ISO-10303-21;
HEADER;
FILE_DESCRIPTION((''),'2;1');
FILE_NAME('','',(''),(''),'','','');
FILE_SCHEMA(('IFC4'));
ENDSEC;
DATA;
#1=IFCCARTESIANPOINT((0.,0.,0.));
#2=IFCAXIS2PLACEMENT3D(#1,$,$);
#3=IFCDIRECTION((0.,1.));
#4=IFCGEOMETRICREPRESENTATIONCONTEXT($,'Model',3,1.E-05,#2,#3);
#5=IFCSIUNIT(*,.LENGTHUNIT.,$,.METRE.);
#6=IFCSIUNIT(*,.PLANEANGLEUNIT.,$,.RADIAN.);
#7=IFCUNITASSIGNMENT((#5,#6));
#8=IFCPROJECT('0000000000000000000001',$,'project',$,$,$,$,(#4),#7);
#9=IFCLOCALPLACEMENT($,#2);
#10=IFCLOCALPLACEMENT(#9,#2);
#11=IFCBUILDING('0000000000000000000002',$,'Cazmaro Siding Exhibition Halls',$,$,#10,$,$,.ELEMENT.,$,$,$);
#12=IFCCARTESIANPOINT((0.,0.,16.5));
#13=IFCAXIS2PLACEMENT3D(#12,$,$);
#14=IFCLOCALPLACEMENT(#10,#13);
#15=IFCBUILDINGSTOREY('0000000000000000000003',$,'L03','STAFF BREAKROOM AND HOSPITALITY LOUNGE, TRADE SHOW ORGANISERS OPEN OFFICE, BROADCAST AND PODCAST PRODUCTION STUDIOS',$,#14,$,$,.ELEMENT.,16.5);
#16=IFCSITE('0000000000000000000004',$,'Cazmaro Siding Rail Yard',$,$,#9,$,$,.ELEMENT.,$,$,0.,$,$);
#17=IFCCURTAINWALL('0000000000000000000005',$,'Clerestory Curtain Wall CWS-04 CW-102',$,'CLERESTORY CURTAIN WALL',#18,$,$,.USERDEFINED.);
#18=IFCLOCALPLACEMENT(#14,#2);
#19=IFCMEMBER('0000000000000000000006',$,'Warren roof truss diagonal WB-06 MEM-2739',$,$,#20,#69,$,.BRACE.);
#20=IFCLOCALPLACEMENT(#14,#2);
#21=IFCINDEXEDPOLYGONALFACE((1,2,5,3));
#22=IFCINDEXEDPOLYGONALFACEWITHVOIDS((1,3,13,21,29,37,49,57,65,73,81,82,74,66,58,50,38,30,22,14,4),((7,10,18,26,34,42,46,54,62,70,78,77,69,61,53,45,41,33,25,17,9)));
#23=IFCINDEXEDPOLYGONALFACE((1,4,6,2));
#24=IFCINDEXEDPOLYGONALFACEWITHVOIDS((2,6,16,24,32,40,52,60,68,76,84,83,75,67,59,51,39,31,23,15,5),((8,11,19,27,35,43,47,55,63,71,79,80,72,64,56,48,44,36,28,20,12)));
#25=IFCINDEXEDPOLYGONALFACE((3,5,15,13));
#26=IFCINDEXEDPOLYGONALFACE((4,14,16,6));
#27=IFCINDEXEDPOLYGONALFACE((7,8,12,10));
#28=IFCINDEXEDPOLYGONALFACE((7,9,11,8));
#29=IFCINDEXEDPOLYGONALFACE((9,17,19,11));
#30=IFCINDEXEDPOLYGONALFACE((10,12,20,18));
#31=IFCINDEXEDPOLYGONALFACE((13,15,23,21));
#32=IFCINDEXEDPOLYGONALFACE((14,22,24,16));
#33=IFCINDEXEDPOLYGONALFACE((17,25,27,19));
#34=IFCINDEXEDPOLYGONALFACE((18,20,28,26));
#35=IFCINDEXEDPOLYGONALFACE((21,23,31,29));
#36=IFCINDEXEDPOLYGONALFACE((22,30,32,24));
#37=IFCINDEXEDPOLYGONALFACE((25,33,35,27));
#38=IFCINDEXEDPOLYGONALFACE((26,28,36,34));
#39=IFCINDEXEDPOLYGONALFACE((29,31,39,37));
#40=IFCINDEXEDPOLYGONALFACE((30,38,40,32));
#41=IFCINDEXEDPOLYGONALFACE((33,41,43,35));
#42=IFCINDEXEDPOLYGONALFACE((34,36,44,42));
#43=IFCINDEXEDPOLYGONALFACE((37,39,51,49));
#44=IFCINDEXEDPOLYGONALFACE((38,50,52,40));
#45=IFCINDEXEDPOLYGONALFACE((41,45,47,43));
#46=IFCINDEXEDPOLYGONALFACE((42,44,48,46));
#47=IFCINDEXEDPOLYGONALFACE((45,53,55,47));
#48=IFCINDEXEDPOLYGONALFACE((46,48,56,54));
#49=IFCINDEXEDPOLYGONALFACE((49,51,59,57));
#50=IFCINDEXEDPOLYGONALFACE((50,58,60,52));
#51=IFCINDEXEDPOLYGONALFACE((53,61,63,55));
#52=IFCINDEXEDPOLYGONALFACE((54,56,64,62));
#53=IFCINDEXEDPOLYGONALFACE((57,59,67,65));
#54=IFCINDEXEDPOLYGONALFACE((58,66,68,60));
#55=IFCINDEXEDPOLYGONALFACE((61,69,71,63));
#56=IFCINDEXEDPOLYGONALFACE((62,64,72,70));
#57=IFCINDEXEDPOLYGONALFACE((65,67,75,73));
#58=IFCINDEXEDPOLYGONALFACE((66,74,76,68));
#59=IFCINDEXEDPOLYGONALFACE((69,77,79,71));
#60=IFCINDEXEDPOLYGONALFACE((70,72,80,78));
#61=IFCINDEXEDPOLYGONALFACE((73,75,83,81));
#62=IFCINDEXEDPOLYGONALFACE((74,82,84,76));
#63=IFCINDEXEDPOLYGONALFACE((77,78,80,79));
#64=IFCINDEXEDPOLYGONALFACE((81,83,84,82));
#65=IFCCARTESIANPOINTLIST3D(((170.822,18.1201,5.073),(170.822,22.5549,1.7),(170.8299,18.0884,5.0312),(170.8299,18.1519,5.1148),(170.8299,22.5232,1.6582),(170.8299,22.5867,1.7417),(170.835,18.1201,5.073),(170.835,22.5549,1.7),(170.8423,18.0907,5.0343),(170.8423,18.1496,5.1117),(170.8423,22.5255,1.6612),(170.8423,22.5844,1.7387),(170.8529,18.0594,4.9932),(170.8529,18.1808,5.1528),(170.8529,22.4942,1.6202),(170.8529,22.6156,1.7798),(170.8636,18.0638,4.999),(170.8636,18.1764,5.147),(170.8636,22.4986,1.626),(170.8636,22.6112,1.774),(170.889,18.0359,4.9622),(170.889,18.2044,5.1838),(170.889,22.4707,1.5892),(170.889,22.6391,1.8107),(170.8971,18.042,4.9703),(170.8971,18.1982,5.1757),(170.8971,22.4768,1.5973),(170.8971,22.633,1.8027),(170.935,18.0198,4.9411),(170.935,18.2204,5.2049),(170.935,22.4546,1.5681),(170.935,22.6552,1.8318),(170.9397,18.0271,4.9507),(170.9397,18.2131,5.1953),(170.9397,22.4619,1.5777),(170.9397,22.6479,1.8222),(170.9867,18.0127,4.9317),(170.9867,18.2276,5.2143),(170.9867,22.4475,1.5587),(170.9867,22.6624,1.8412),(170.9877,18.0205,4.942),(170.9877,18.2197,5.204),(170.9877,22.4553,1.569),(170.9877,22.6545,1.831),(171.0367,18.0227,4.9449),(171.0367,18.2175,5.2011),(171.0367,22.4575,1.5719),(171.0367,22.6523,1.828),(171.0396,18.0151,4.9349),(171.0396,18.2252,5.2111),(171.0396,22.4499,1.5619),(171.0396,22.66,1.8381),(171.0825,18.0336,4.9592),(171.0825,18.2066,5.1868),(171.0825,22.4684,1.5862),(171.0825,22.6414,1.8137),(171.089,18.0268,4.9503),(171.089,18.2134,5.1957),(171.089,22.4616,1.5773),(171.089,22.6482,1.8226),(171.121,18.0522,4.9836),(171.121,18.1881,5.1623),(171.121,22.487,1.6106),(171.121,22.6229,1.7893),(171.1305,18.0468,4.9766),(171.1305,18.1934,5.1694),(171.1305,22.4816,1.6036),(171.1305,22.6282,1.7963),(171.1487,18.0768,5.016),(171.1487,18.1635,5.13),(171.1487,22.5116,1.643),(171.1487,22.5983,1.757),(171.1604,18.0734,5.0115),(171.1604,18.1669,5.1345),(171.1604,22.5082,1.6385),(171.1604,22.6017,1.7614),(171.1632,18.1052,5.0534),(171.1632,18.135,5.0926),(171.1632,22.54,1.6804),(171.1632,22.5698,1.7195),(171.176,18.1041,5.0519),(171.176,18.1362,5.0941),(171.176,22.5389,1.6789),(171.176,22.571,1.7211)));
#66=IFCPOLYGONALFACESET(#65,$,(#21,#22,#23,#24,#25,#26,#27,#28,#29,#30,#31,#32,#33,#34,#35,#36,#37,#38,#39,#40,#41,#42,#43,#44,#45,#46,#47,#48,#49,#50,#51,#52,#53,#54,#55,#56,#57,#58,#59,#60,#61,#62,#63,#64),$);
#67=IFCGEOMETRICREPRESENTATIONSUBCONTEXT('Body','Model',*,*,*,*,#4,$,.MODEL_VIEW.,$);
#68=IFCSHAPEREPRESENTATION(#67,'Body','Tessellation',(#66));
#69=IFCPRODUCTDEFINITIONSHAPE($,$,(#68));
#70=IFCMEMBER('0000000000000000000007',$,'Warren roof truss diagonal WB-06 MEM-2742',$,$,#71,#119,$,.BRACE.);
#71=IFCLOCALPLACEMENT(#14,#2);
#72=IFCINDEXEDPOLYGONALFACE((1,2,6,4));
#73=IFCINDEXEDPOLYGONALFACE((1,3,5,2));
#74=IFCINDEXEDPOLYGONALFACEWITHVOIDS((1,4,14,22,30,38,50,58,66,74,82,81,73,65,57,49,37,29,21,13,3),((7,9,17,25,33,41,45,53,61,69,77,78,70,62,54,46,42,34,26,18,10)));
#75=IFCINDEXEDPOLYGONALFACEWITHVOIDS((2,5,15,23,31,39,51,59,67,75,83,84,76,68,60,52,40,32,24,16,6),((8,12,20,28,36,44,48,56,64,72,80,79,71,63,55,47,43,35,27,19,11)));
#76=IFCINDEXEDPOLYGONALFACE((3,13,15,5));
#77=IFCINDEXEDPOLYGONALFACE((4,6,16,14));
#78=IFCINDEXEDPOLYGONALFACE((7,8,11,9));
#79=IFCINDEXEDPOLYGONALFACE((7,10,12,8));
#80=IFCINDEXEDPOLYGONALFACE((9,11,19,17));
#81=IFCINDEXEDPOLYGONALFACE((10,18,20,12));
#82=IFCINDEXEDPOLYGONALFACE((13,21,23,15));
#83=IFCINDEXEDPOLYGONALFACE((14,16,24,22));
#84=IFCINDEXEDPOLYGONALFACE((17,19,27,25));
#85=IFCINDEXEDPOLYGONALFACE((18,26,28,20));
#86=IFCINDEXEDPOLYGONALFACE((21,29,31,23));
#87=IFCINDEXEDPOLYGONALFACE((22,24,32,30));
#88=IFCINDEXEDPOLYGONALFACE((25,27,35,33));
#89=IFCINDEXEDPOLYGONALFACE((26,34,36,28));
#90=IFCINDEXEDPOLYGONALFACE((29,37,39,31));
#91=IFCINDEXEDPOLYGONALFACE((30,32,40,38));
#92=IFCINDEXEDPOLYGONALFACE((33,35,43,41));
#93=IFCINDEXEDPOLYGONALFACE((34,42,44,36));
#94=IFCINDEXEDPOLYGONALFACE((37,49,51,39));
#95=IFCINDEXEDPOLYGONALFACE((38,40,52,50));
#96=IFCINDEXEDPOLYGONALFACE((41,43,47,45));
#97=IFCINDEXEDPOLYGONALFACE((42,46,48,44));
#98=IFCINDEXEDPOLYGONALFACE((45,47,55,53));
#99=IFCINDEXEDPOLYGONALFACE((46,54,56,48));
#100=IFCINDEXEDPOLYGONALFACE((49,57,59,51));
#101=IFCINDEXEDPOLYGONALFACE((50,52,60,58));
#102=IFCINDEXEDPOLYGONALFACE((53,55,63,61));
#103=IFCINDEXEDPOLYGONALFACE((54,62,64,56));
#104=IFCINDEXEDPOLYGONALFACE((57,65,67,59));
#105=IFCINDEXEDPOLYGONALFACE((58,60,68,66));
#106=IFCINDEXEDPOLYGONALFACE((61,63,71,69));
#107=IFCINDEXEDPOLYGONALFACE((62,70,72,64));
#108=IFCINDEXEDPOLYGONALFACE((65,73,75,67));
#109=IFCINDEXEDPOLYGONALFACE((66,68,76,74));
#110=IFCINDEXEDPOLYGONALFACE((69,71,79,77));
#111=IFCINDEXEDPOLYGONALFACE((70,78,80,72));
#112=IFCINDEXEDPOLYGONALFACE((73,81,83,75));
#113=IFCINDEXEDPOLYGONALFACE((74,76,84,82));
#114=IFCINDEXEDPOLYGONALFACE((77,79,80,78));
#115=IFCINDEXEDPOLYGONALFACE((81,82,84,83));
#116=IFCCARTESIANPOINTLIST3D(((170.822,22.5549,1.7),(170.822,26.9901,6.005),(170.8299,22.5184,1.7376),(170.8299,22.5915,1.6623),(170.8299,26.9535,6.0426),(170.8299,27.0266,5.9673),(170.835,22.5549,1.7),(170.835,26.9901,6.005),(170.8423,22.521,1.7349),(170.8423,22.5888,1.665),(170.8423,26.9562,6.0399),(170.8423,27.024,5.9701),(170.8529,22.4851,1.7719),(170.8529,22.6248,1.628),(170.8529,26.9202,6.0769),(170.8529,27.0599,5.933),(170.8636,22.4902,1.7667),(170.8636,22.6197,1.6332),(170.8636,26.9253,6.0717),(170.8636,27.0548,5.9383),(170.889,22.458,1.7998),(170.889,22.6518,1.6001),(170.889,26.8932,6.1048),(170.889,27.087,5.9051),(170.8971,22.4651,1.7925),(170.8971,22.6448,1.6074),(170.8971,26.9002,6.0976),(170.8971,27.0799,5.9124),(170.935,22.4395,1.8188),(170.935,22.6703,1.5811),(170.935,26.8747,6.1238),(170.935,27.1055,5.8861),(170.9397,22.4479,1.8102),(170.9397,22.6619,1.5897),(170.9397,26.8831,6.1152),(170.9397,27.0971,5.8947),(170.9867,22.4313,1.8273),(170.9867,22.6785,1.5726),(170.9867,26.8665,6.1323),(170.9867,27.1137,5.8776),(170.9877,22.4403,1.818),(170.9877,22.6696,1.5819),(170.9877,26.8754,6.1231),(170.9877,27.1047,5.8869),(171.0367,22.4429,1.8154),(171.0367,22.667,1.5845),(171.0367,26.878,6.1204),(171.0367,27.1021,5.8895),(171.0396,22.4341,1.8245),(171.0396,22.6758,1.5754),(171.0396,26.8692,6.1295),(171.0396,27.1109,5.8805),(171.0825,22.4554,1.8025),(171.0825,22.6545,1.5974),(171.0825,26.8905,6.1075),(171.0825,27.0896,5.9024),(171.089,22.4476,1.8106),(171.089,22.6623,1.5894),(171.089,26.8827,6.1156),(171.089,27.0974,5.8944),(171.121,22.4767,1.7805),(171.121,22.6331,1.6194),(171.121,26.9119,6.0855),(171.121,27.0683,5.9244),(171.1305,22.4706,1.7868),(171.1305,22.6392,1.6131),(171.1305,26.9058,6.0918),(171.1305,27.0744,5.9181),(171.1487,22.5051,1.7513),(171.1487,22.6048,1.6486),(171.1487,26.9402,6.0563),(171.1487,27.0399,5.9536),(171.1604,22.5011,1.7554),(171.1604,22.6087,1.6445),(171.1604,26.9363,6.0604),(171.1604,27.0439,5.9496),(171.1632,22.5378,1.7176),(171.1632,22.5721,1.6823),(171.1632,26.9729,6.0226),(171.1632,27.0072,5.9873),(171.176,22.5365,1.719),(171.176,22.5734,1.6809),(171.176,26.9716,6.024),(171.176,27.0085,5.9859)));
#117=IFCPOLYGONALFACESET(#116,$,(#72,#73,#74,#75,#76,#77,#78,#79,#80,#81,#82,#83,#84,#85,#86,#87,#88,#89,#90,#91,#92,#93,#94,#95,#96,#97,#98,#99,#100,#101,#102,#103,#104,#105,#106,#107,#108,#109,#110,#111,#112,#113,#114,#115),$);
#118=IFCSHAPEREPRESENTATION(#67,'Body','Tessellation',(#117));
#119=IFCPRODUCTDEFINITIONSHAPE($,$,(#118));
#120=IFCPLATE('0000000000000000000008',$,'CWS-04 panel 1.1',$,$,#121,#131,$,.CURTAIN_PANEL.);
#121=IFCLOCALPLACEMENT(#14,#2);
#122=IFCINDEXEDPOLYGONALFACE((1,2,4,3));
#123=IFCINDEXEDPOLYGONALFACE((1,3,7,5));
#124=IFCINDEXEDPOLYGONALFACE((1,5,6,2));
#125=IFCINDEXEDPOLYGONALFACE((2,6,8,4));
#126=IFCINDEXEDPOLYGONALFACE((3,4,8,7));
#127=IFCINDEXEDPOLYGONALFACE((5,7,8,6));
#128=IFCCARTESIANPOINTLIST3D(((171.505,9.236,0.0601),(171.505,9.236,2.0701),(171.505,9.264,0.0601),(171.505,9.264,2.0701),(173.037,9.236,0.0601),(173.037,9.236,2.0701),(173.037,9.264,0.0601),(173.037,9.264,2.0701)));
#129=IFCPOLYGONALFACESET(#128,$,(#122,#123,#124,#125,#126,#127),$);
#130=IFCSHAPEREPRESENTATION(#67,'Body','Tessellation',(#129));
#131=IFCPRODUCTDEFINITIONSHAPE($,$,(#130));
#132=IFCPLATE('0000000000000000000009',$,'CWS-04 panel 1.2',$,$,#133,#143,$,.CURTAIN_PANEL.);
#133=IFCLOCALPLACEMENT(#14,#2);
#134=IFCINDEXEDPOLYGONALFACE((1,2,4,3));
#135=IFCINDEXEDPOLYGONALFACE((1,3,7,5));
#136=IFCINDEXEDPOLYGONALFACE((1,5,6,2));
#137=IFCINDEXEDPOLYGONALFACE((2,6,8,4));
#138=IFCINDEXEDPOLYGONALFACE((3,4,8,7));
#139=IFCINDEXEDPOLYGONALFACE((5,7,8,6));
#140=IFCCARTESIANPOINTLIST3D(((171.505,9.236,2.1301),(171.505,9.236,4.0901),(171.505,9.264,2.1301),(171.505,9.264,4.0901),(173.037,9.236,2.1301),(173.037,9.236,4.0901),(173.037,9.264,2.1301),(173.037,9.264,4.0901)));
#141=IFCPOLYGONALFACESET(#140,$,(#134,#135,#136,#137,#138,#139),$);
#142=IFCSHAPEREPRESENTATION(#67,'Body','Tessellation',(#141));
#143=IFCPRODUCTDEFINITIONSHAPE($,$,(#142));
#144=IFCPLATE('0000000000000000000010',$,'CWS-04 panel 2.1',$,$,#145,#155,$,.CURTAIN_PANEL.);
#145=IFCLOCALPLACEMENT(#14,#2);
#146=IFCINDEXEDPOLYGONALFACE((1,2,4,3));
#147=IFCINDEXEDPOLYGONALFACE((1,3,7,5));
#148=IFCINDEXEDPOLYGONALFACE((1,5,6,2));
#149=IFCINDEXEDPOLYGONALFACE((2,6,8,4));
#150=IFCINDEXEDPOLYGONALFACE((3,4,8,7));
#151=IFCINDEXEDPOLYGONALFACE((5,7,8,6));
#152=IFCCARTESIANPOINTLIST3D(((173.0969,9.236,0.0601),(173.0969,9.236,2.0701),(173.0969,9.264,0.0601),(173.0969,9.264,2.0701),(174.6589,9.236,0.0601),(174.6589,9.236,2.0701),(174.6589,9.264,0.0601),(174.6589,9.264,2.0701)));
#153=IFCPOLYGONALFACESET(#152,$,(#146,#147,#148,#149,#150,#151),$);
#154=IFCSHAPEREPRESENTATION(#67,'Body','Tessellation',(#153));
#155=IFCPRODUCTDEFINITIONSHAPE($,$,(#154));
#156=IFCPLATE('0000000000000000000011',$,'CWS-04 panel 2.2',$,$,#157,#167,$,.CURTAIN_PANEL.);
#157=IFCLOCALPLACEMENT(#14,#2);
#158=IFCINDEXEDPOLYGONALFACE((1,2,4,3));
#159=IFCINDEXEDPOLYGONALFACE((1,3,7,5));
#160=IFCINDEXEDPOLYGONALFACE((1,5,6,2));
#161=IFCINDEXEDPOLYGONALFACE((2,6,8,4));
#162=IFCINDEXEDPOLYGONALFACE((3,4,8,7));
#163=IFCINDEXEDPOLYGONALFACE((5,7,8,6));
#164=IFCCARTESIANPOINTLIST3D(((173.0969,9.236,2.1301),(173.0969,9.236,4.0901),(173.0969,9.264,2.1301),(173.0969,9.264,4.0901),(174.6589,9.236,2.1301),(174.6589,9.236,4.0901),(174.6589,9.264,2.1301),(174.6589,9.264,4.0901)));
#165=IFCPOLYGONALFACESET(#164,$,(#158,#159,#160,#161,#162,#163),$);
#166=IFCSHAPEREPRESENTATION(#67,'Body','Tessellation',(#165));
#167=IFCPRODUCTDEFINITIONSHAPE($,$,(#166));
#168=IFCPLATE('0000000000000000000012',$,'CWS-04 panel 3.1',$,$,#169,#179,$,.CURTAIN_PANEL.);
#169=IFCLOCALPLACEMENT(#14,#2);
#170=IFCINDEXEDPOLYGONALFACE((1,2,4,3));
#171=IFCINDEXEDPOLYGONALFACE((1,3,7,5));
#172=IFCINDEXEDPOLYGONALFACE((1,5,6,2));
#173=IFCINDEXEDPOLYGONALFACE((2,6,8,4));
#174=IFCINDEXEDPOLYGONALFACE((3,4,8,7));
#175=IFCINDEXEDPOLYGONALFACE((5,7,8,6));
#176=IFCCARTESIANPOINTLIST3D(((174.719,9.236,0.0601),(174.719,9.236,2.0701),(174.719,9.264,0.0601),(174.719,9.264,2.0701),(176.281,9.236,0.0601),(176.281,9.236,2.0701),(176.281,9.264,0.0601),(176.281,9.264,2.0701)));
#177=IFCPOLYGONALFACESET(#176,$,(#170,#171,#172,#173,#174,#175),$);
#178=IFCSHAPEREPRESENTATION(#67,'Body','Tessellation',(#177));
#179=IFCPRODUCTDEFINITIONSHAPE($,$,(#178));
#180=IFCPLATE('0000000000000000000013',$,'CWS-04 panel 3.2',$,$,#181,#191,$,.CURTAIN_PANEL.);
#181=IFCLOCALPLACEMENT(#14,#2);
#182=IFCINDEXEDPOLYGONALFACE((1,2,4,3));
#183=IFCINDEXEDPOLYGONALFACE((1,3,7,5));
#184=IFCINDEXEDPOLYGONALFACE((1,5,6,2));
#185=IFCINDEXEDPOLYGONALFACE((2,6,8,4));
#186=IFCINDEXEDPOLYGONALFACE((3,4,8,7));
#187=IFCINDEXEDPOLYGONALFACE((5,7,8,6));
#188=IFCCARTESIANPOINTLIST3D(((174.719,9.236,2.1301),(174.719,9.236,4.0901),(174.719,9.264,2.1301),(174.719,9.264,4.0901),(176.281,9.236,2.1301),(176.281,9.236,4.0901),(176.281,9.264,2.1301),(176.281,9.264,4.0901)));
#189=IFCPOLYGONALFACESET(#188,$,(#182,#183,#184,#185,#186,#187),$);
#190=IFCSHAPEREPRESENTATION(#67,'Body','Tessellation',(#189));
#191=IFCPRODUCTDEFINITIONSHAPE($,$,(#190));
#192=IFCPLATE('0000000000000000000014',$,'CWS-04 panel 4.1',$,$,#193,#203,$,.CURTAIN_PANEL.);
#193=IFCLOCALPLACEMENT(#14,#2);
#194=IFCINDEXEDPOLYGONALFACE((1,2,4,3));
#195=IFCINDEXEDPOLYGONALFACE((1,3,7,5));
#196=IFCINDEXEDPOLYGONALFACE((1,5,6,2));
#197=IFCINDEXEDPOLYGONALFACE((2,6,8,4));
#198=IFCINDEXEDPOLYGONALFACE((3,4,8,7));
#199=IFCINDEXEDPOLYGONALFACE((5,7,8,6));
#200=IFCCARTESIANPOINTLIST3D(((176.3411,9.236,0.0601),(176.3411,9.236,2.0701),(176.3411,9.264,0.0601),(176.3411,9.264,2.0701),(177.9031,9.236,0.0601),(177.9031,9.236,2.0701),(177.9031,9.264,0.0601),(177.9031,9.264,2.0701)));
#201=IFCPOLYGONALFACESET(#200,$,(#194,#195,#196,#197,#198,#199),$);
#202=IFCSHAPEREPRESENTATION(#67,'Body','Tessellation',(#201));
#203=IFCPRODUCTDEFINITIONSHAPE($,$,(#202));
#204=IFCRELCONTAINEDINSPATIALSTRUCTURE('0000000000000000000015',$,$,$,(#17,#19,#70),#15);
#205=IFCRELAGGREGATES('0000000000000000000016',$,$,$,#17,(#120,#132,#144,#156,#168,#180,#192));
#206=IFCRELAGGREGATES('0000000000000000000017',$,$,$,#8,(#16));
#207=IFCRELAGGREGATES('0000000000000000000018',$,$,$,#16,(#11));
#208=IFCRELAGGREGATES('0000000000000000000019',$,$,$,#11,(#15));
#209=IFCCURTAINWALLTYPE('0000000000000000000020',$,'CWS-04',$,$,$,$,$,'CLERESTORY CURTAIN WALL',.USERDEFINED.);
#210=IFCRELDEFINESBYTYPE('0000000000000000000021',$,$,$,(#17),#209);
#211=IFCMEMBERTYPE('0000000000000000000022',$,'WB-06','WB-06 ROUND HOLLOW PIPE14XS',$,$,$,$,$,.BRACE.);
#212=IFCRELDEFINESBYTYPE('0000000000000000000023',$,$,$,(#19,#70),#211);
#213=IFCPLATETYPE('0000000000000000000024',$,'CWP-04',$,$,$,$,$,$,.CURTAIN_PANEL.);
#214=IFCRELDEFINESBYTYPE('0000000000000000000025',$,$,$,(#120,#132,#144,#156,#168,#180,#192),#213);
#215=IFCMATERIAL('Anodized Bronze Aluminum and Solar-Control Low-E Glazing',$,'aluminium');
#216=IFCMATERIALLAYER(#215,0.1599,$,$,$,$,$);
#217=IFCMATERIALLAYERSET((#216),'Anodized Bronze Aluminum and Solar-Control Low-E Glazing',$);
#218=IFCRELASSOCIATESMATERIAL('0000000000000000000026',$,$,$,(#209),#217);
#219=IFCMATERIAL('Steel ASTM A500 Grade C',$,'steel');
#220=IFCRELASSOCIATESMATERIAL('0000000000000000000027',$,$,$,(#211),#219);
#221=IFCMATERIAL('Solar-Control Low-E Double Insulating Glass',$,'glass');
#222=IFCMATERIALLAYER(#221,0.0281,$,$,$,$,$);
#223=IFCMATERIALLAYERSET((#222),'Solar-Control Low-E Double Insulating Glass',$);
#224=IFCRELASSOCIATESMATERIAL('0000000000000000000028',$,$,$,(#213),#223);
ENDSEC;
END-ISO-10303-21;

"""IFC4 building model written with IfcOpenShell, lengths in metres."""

from ifc_helpers import new_model, si_unit, direction, frame, origin, origin_2d, place, context, subcontext, project, spatial, rectangle, hollow_circle, extrude, material, layer, layer_set, material_profile, profile_set, type_object, element, aggregate, save


model = new_model("IFC4")

# Units and contexts
model_context = context("Model", 3, precision=1e-05, world=origin(), true_north=direction((0.0, 1.0)))
body_context = subcontext(model_context, "Body", "Model", "MODEL_VIEW")
ifc_project = project(units=[si_unit("LENGTHUNIT", "METRE"), si_unit("PLANEANGLEUNIT", "RADIAN")], contexts=[model_context])

# Site, building, storey
site_placement = place(None, origin())
site = spatial("IfcSite", under=ifc_project, at=site_placement, Name="Cazmaro Siding Rail Yard", CompositionType="ELEMENT", RefElevation=0.0)
building_placement = place(site_placement, origin())
building = spatial("IfcBuilding", under=site, at=building_placement, Name="Cazmaro Siding Exhibition Halls", CompositionType="ELEMENT")
storey_placement = place(building_placement, frame((0.0, 0.0, 16.5)))
storey = spatial("IfcBuildingStorey", under=building, at=storey_placement, Name="L03", Description="STAFF BREAKROOM AND HOSPITALITY LOUNGE, TRADE SHOW ORGANISERS OPEN OFFICE, BROADCAST AND PODCAST PRODUCTION STUDIOS", CompositionType="ELEMENT", Elevation=16.5)

# Curtain wall
ifc_material_1 = material(Name="Anodized Bronze Aluminum and Solar-Control Low-E Glazing", Category="aluminium")
ifc_layer_1 = layer(ifc_material_1, 0.1599)
ifc_layer_set_1 = layer_set([ifc_layer_1], Name="Anodized Bronze Aluminum and Solar-Control Low-E Glazing")
curtain_wall_type = type_object("IfcCurtainWallType", Name="CWS-04", ElementType="CLERESTORY CURTAIN WALL", PredefinedType="USERDEFINED", material=ifc_layer_set_1)
curtain_wall_placement = place(storey_placement, origin())
curtain_wall = element("IfcCurtainWall", 1, at=curtain_wall_placement, inside=storey, type_object=curtain_wall_type, Name="Clerestory Curtain Wall CWS-04 CW-102", ObjectType="CLERESTORY CURTAIN WALL", PredefinedType="USERDEFINED")

# Members
ifc_material_2 = material(Name="Steel ASTM A500 Grade C", Category="steel")
ifc_material_profile_1 = material_profile(ifc_material_2, hollow_circle(Radius=0.178, WallThickness=0.0129, at=origin_2d()), Name="PIPE14XS")
ifc_profile_set_1 = profile_set([ifc_material_profile_1], Name="Steel ASTM A500 Grade C")
member_type_1 = type_object("IfcMemberType", Name="WB-06", Description="WB-06 ROUND HOLLOW PIPE14XS", PredefinedType="BRACE", material=ifc_profile_set_1)
member_1_placement = place(storey_placement, frame((171.0, 18.1201, 5.073), z_axis=(0.0, 0.795938, -0.605378), x_axis=(-1.0, 0.0, 0.0)))
element("IfcMember", 2, at=member_1_placement, inside=storey, type_object=member_type_1, Name="Warren roof truss diagonal WB-06 MEM-2739", PredefinedType="BRACE", context=body_context, shape_type="SweptSolid", body=[
    extrude(hollow_circle(Radius=0.178, WallThickness=0.0129, at=origin_2d()), origin(), (0.0, 0.0, 1.0), 5.5718),
])
member_2_placement = place(storey_placement, frame((171.0, 22.5549, 1.7), z_axis=(0.0, 0.717555, 0.696502), x_axis=(-1.0, 0.0, 0.0)))
element("IfcMember", 3, at=member_2_placement, inside=storey, type_object=member_type_1, Name="Warren roof truss diagonal WB-06 MEM-2742", PredefinedType="BRACE", context=body_context, shape_type="SweptSolid", body=[
    extrude(hollow_circle(Radius=0.178, WallThickness=0.0129, at=origin_2d()), origin(), (0.0, 0.0, 1.0), 6.1809),
])

# Plates
ifc_material_3 = material(Name="Solar-Control Low-E Double Insulating Glass", Category="glass")
ifc_layer_2 = layer(ifc_material_3, 0.0281)
ifc_layer_set_2 = layer_set([ifc_layer_2], Name="Solar-Control Low-E Double Insulating Glass")
plate_type = type_object("IfcPlateType", Name="CWP-04", PredefinedType="CURTAIN_PANEL", material=ifc_layer_set_2)
plate_1_placement = place(storey_placement, frame((172.271, 9.25, 0.0601), z_axis=(0.0, 0.0, 1.0), x_axis=(1.0, 0.0, 0.0)))
plate_1 = element("IfcPlate", 4, at=plate_1_placement, type_object=plate_type, Name="CWS-04 panel 1.1", PredefinedType="CURTAIN_PANEL", context=body_context, shape_type="SweptSolid", body=[
    extrude(rectangle(XDim=1.532, YDim=0.0281, at=origin_2d()), origin(), (0.0, 0.0, 1.0), 2.01),
])
plate_2_placement = place(storey_placement, frame((172.271, 9.25, 2.1301), z_axis=(0.0, 0.0, 1.0), x_axis=(1.0, 0.0, 0.0)))
plate_2 = element("IfcPlate", 5, at=plate_2_placement, type_object=plate_type, Name="CWS-04 panel 1.2", PredefinedType="CURTAIN_PANEL", context=body_context, shape_type="SweptSolid", body=[
    extrude(rectangle(XDim=1.532, YDim=0.0281, at=origin_2d()), origin(), (0.0, 0.0, 1.0), 1.96),
])
plate_3_placement = place(storey_placement, frame((173.8779, 9.25, 0.0601), z_axis=(0.0, 0.0, 1.0), x_axis=(1.0, 0.0, 0.0)))
plate_3 = element("IfcPlate", 6, at=plate_3_placement, type_object=plate_type, Name="CWS-04 panel 2.1", PredefinedType="CURTAIN_PANEL", context=body_context, shape_type="SweptSolid", body=[
    extrude(rectangle(XDim=1.562, YDim=0.0281, at=origin_2d()), origin(), (0.0, 0.0, 1.0), 2.01),
])
plate_4_placement = place(storey_placement, frame((173.8779, 9.25, 2.1301), z_axis=(0.0, 0.0, 1.0), x_axis=(1.0, 0.0, 0.0)))
plate_4 = element("IfcPlate", 7, at=plate_4_placement, type_object=plate_type, Name="CWS-04 panel 2.2", PredefinedType="CURTAIN_PANEL", context=body_context, shape_type="SweptSolid", body=[
    extrude(rectangle(XDim=1.562, YDim=0.0281, at=origin_2d()), origin(), (0.0, 0.0, 1.0), 1.96),
])
plate_5_placement = place(storey_placement, frame((175.5, 9.25, 0.0601), z_axis=(0.0, 0.0, 1.0), x_axis=(1.0, 0.0, 0.0)))
plate_5 = element("IfcPlate", 8, at=plate_5_placement, type_object=plate_type, Name="CWS-04 panel 3.1", PredefinedType="CURTAIN_PANEL", context=body_context, shape_type="SweptSolid", body=[
    extrude(rectangle(XDim=1.562, YDim=0.0281, at=origin_2d()), origin(), (0.0, 0.0, 1.0), 2.01),
])
plate_6_placement = place(storey_placement, frame((175.5, 9.25, 2.1301), z_axis=(0.0, 0.0, 1.0), x_axis=(1.0, 0.0, 0.0)))
plate_6 = element("IfcPlate", 9, at=plate_6_placement, type_object=plate_type, Name="CWS-04 panel 3.2", PredefinedType="CURTAIN_PANEL", context=body_context, shape_type="SweptSolid", body=[
    extrude(rectangle(XDim=1.562, YDim=0.0281, at=origin_2d()), origin(), (0.0, 0.0, 1.0), 1.96),
])
plate_7_placement = place(storey_placement, frame((177.1221, 9.25, 0.0601), z_axis=(0.0, 0.0, 1.0), x_axis=(1.0, 0.0, 0.0)))
plate_7 = element("IfcPlate", 10, at=plate_7_placement, type_object=plate_type, Name="CWS-04 panel 4.1", PredefinedType="CURTAIN_PANEL", context=body_context, shape_type="SweptSolid", body=[
    extrude(rectangle(XDim=1.562, YDim=0.0281, at=origin_2d()), origin(), (0.0, 0.0, 1.0), 2.01),
])
aggregate(curtain_wall, [plate_1, plate_2, plate_3, plate_4, plate_5, plate_6, plate_7])

save(model, "model.ifc")
